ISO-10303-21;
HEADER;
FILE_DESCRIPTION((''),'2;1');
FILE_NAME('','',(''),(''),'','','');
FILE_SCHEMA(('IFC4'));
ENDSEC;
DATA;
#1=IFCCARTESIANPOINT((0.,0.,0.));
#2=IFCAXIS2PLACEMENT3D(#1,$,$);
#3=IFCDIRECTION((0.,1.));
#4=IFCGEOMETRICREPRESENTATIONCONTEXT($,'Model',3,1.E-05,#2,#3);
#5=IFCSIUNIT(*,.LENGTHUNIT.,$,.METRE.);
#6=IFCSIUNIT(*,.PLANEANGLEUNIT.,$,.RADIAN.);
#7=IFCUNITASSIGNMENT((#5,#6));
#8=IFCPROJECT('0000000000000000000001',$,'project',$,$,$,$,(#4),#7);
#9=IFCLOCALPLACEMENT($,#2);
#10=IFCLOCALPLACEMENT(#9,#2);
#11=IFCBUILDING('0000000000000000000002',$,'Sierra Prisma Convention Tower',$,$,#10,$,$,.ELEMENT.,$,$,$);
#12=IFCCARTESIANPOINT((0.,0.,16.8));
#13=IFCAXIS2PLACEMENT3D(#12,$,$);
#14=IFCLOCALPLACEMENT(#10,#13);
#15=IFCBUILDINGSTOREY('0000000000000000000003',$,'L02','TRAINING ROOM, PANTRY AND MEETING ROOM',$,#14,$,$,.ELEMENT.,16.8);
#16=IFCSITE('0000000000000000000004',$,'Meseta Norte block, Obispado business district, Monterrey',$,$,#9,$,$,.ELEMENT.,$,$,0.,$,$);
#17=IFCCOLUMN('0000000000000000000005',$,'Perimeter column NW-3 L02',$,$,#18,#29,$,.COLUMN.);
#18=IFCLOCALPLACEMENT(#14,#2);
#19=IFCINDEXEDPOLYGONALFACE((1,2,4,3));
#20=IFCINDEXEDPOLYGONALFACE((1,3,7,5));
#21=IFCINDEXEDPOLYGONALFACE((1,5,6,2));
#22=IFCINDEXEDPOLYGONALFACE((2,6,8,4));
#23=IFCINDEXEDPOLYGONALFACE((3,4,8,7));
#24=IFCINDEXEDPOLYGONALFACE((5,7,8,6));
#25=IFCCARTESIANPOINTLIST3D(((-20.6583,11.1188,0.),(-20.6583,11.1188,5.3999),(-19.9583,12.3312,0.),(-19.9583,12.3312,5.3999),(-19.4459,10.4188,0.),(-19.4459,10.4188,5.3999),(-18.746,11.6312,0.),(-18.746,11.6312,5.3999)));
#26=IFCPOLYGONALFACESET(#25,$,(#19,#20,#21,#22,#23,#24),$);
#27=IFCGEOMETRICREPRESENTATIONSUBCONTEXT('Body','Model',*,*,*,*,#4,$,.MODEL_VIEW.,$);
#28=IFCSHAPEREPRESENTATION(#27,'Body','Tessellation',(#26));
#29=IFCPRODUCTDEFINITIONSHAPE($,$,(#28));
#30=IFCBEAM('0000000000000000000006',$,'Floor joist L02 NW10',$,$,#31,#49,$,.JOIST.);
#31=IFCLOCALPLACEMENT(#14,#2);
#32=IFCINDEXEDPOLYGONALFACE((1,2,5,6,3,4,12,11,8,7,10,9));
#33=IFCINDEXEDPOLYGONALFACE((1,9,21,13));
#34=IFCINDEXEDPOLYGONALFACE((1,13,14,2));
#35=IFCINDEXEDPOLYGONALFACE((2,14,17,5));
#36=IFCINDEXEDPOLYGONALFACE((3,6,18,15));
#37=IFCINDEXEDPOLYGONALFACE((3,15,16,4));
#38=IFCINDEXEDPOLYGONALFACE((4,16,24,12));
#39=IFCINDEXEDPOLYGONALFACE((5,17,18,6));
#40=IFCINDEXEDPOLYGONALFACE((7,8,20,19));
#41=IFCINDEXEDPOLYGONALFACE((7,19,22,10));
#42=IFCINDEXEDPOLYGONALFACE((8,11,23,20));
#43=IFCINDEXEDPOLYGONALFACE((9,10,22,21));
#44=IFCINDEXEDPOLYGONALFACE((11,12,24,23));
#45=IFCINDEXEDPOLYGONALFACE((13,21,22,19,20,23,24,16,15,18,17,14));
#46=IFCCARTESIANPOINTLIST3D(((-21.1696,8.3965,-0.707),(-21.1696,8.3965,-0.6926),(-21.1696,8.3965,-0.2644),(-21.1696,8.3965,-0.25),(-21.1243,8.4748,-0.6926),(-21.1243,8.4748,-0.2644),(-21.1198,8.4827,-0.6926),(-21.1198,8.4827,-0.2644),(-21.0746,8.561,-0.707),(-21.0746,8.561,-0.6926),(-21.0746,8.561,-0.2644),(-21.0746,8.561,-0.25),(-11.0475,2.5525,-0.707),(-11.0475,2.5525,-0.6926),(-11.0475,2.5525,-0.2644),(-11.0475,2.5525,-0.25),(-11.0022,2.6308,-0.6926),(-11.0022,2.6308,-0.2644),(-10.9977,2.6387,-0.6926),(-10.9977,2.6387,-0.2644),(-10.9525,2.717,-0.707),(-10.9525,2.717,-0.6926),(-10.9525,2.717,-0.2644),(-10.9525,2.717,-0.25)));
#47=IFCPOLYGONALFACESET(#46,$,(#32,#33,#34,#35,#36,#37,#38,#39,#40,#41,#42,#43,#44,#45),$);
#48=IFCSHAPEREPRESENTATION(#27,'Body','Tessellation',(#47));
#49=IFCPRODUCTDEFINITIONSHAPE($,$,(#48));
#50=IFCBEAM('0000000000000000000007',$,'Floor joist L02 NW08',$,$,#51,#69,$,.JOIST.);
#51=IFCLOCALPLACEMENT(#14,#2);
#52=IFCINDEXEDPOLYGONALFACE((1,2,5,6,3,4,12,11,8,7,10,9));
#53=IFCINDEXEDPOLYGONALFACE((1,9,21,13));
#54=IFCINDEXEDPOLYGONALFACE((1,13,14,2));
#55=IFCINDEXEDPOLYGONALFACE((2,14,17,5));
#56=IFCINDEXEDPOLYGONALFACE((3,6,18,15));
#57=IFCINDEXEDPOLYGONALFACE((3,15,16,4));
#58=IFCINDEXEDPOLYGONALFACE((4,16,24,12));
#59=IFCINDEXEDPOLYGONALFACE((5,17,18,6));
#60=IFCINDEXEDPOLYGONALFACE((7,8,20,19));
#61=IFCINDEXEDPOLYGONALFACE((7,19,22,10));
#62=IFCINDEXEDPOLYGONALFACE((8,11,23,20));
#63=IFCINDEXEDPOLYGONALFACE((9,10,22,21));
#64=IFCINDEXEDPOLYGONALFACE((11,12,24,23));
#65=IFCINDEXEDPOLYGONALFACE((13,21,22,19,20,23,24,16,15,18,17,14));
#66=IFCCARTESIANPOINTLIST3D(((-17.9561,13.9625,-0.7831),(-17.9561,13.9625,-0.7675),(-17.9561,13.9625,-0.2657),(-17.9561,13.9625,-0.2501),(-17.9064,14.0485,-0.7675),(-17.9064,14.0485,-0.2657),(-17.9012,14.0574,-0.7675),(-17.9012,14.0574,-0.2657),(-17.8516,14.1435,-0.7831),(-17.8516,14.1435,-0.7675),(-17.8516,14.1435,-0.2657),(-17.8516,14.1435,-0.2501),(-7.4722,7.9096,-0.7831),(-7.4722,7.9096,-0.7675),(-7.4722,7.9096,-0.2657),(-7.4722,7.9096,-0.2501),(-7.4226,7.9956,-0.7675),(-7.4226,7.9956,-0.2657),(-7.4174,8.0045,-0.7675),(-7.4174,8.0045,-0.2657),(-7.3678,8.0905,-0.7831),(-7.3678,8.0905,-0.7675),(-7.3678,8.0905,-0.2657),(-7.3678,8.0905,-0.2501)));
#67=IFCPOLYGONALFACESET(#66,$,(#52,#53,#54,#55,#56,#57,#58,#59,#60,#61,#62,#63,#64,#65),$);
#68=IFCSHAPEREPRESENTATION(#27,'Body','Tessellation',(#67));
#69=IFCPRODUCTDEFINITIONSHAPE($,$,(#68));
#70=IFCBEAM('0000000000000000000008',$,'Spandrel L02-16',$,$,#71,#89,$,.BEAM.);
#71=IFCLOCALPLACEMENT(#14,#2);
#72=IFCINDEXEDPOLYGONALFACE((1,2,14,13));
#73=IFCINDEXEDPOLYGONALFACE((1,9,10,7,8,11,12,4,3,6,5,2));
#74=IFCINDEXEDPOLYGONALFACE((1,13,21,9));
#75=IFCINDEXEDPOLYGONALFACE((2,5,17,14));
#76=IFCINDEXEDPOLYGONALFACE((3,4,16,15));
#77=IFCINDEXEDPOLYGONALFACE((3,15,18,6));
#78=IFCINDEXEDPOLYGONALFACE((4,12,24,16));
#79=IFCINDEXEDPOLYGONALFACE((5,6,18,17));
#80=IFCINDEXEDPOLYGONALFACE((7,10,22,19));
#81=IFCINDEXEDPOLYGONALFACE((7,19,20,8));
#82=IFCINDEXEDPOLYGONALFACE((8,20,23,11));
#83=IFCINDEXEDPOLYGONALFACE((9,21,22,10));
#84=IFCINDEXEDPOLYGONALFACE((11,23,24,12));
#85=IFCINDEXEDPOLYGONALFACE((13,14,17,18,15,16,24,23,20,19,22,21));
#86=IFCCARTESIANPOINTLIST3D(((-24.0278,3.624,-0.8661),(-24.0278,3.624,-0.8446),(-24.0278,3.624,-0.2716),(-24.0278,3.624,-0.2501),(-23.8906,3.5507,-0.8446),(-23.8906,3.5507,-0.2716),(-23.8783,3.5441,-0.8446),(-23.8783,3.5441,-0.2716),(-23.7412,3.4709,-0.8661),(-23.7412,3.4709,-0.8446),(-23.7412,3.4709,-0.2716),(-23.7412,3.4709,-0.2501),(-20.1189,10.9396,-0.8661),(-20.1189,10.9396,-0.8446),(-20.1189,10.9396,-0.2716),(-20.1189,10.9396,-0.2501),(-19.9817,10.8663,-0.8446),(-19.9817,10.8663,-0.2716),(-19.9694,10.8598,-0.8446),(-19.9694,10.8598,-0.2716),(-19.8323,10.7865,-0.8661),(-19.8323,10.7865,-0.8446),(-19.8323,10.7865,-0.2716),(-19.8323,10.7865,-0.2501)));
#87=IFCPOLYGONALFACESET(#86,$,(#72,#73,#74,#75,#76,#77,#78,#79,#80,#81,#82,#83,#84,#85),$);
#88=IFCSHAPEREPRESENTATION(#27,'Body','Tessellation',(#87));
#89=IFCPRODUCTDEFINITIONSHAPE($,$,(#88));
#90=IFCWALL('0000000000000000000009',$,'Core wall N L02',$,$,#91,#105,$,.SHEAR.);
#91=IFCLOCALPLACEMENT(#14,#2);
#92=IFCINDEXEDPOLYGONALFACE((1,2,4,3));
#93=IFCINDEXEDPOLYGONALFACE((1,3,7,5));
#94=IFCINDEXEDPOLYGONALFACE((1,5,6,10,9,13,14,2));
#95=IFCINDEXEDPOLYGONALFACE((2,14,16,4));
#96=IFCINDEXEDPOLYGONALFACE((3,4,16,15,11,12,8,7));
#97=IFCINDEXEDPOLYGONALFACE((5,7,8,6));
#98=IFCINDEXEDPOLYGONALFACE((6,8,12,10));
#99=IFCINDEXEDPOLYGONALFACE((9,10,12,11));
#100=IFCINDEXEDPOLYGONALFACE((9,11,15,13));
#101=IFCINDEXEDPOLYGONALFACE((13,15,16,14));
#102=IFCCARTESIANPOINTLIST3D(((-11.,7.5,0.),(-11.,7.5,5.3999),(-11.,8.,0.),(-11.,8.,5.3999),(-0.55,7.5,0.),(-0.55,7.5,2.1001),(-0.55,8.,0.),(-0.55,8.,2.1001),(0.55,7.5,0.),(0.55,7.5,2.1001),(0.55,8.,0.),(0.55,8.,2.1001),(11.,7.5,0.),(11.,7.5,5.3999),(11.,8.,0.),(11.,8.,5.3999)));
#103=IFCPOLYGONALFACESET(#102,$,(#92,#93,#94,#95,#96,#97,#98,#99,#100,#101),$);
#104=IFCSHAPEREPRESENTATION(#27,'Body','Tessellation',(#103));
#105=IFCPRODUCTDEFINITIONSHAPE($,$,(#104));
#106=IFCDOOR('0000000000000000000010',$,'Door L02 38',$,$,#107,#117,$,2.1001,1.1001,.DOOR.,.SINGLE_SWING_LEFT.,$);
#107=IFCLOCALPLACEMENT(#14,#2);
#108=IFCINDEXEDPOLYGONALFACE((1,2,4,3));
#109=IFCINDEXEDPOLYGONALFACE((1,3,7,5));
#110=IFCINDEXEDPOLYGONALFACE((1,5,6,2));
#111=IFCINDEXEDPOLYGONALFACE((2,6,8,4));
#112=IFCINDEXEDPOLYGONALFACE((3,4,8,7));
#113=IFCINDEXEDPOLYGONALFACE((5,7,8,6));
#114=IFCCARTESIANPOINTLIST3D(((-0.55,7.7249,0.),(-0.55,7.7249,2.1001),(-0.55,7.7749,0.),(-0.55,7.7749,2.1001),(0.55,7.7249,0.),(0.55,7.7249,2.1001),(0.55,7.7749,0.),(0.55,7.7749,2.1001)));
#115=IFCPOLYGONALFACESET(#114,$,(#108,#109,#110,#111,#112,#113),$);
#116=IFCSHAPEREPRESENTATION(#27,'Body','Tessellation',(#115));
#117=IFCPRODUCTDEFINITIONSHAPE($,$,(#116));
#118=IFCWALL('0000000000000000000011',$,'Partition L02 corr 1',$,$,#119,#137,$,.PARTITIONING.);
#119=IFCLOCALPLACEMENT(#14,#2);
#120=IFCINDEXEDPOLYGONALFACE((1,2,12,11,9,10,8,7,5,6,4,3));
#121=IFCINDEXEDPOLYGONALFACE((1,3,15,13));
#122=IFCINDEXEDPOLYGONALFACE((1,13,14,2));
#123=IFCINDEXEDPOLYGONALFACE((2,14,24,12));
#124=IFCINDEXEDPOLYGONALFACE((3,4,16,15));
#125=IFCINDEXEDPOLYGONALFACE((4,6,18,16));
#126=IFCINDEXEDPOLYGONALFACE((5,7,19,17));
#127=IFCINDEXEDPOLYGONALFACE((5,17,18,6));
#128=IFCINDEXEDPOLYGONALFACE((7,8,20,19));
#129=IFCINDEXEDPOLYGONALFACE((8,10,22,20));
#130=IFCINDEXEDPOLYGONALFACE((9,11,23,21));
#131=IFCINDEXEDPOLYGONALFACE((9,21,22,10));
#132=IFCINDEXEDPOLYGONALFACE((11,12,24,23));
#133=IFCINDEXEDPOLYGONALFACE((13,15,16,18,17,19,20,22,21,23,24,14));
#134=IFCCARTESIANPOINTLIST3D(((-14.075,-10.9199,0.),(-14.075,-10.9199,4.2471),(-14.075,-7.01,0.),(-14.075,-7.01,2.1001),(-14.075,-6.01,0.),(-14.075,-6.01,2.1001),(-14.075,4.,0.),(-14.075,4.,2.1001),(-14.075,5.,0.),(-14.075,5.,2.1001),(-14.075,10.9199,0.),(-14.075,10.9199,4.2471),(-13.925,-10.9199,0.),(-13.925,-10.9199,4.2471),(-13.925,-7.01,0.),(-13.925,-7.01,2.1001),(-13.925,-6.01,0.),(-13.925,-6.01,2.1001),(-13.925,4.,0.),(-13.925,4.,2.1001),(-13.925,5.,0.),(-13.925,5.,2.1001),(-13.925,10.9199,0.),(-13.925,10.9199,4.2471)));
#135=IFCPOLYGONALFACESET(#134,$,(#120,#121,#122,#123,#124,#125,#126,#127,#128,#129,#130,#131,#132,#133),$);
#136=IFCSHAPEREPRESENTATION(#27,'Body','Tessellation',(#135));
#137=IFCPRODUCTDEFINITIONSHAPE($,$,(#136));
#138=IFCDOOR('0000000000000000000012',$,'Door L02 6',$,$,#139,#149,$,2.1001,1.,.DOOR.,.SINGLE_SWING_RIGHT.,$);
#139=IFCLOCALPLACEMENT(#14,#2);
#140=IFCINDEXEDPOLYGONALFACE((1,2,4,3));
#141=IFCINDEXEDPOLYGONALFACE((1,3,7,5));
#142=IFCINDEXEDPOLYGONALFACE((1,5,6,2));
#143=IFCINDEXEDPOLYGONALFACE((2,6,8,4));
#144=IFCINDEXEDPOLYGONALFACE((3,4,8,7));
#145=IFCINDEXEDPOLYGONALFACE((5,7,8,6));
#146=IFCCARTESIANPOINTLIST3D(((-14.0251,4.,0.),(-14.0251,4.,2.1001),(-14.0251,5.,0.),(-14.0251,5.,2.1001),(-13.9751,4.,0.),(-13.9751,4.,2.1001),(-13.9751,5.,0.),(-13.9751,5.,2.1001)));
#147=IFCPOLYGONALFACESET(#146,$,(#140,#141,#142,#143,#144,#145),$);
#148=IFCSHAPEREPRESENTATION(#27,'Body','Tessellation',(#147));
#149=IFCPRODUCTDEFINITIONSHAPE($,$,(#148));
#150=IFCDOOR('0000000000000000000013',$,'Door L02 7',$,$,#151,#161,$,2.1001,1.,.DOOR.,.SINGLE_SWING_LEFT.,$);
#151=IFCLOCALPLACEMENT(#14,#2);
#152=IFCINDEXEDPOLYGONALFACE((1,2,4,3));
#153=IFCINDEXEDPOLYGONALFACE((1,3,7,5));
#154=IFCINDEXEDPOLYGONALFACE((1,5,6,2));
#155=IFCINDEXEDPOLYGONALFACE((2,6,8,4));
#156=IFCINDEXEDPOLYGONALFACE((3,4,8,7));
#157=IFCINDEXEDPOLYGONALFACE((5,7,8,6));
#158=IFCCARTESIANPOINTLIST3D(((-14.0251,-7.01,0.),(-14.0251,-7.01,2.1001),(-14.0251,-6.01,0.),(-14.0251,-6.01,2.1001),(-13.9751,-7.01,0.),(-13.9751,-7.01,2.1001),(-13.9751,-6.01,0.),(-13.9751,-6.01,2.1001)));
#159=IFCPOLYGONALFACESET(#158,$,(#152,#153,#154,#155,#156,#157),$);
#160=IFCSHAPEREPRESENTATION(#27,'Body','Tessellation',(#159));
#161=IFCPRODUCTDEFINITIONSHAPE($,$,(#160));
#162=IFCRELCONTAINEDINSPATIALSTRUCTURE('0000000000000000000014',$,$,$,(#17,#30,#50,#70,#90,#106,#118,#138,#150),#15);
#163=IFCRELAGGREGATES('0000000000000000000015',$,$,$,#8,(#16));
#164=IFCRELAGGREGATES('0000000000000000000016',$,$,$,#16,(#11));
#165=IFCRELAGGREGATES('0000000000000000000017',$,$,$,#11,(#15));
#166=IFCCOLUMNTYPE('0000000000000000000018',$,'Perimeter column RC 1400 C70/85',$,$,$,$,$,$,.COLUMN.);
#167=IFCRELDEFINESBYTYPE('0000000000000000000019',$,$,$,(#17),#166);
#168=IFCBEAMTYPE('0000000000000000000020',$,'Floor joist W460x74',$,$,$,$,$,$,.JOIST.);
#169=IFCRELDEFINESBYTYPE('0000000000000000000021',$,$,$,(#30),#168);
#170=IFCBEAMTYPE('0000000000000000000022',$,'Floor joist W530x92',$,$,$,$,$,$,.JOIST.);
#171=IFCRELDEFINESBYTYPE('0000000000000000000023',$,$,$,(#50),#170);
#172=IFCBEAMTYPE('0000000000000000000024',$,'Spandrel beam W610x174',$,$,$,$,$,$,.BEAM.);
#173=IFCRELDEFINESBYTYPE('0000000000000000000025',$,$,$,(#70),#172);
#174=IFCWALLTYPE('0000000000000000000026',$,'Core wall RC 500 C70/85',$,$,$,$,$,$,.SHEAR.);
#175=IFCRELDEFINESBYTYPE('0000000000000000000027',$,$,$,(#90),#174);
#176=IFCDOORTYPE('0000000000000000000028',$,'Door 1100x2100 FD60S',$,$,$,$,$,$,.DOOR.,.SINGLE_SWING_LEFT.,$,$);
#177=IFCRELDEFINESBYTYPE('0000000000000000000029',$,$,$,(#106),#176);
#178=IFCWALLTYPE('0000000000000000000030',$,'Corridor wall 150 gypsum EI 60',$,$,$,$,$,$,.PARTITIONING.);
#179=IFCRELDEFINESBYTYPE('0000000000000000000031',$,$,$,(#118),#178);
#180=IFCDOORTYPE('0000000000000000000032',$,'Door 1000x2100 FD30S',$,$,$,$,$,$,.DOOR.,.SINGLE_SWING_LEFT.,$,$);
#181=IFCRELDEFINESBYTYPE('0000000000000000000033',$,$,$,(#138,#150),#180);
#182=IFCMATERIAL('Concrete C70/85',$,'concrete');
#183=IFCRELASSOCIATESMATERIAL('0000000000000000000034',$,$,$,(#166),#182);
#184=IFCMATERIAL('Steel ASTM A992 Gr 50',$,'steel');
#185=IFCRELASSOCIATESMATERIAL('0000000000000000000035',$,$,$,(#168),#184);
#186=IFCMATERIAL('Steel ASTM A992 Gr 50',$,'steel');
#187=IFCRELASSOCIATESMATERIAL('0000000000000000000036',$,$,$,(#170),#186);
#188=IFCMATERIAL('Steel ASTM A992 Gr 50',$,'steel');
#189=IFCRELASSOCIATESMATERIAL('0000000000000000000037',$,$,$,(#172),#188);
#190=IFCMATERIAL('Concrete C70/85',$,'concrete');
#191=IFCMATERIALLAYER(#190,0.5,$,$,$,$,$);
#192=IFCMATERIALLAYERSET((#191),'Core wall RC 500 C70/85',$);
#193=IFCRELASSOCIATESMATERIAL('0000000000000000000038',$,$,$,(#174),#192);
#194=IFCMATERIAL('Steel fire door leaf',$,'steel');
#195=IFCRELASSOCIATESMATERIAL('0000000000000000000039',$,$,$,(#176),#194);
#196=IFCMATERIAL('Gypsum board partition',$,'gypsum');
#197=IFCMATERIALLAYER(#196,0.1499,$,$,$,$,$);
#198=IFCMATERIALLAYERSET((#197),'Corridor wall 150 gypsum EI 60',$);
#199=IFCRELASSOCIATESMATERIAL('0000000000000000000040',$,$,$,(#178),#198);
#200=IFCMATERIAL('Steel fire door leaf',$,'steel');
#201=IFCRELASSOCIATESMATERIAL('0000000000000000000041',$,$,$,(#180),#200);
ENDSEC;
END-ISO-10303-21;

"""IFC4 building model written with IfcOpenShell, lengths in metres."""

from ifc_helpers import new_model, si_unit, direction, frame, frame_2d, origin, origin_2d, place, context, subcontext, project, spatial, rectangle, i_section, extrude, material, layer, layer_set, material_profile, profile_set, type_object, element, fill, save


model = new_model("IFC4")

# Units and contexts
model_context = context("Model", 3, precision=1e-05, world=origin(), true_north=direction((0.0, 1.0)))
body_context = subcontext(model_context, "Body", "Model", "MODEL_VIEW")
ifc_project = project(units=[si_unit("LENGTHUNIT", "METRE"), si_unit("PLANEANGLEUNIT", "RADIAN")], contexts=[model_context])

# Site, building, storey
site_placement = place(None, origin())
site = spatial("IfcSite", under=ifc_project, at=site_placement, Name="Meseta Norte block, Obispado business district, Monterrey", CompositionType="ELEMENT", RefElevation=0.0)
building_placement = place(site_placement, origin())
building = spatial("IfcBuilding", under=site, at=building_placement, Name="Sierra Prisma Convention Tower", CompositionType="ELEMENT")
storey_placement = place(building_placement, frame((0.0, 0.0, 16.8)))
storey = spatial("IfcBuildingStorey", under=building, at=storey_placement, Name="L02", Description="TRAINING ROOM, PANTRY AND MEETING ROOM", CompositionType="ELEMENT", Elevation=16.8)

# Column
ifc_material_1 = material(Name="Concrete C70/85", Category="concrete")
ifc_material_profile_1 = material_profile(ifc_material_1, rectangle(XDim=1.3999, YDim=1.3999, at=origin_2d()), Name="Perimeter column RC 1400 C70/85")
ifc_profile_set_1 = profile_set([ifc_material_profile_1], Name="Concrete C70/85")
column_type = type_object("IfcColumnType", Name="Perimeter column RC 1400 C70/85", PredefinedType="COLUMN", material=ifc_profile_set_1)
column_placement = place(storey_placement, frame((-19.7021, 11.375, 0.0), z_axis=(0.0, 0.0, 1.0), x_axis=(0.5, 0.866025, 0.0)))
element("IfcColumn", 1, at=column_placement, inside=storey, type_object=column_type, Name="Perimeter column NW-3 L02", PredefinedType="COLUMN", context=body_context, shape_type="SweptSolid", body=[
    extrude(rectangle(XDim=1.3999, YDim=1.3999, at=origin_2d()), origin(), (0.0, 0.0, 1.0), 5.3999),
])

# Beams
ifc_material_2 = material(Name="Steel ASTM A992 Gr 50", Category="steel")
ifc_material_profile_2 = material_profile(ifc_material_2, i_section(OverallWidth=0.1899, OverallDepth=0.457, WebThickness=0.009, FlangeThickness=0.0144, at=origin_2d()), Name="W460x74")
ifc_profile_set_2 = profile_set([ifc_material_profile_2], Name="Steel ASTM A992 Gr 50")
beam_type_1 = type_object("IfcBeamType", Name="Floor joist W460x74", PredefinedType="JOIST", material=ifc_profile_set_2)
beam_1_placement = place(storey_placement, frame((-21.1221, 8.4788, -0.4785), z_axis=(0.866025, -0.500001, 0.0), x_axis=(0.500001, 0.866025, 0.0)))
element("IfcBeam", 2, at=beam_1_placement, inside=storey, type_object=beam_type_1, Name="Floor joist L02 NW10", PredefinedType="JOIST", context=body_context, shape_type="SweptSolid", body=[
    extrude(i_section(OverallWidth=0.1899, OverallDepth=0.457, WebThickness=0.009, FlangeThickness=0.0144, at=origin_2d()), origin(), (0.0, 0.0, 1.0), 11.688),
])
ifc_material_3 = material(Name="Steel ASTM A992 Gr 50", Category="steel")
ifc_material_profile_3 = material_profile(ifc_material_3, i_section(OverallWidth=0.209, OverallDepth=0.533, WebThickness=0.0103, FlangeThickness=0.0156, at=origin_2d()), Name="W530x92")
ifc_profile_set_3 = profile_set([ifc_material_profile_3], Name="Steel ASTM A992 Gr 50")
beam_type_2 = type_object("IfcBeamType", Name="Floor joist W530x92", PredefinedType="JOIST", material=ifc_profile_set_3)
beam_2_placement = place(storey_placement, frame((-17.9038, 14.053, -0.5166), z_axis=(0.866022, -0.500006, 0.0), x_axis=(0.500006, 0.866022, 0.0)))
element("IfcBeam", 3, at=beam_2_placement, inside=storey, type_object=beam_type_2, Name="Floor joist L02 NW08", PredefinedType="JOIST", context=body_context, shape_type="SweptSolid", body=[
    extrude(i_section(OverallWidth=0.209, OverallDepth=0.533, WebThickness=0.0103, FlangeThickness=0.0156, at=origin_2d()), origin(), (0.0, 0.0, 1.0), 12.1057),
])
ifc_material_4 = material(Name="Steel ASTM A992 Gr 50", Category="steel")
ifc_material_profile_4 = material_profile(ifc_material_4, i_section(OverallWidth=0.325, OverallDepth=0.616, WebThickness=0.0139, FlangeThickness=0.0215, at=origin_2d()), Name="W610x174")
ifc_profile_set_4 = profile_set([ifc_material_profile_4], Name="Steel ASTM A992 Gr 50")
beam_type_3 = type_object("IfcBeamType", Name="Spandrel beam W610x174", PredefinedType="BEAM", material=ifc_profile_set_4)
beam_3_placement = place(storey_placement, frame((-19.9756, 10.863, -0.5581), z_axis=(-0.471268, -0.88199, 0.0), x_axis=(0.88199, -0.471268, 0.0)))
element("IfcBeam", 4, at=beam_3_placement, inside=storey, type_object=beam_type_3, Name="Spandrel L02-16", PredefinedType="BEAM", context=body_context, shape_type="SweptSolid", body=[
    extrude(i_section(OverallWidth=0.325, OverallDepth=0.616, WebThickness=0.0139, FlangeThickness=0.0215, at=origin_2d()), origin(), (0.0, 0.0, 1.0), 8.2944),
])

# Wall, opening, door
ifc_material_5 = material(Name="Concrete C70/85", Category="concrete")
ifc_layer_1 = layer(ifc_material_5, 0.5)
ifc_layer_set_1 = layer_set([ifc_layer_1], Name="Core wall RC 500 C70/85")
wall_type_1 = type_object("IfcWallType", Name="Core wall RC 500 C70/85", PredefinedType="SHEAR", material=ifc_layer_set_1)
wall_1_placement = place(storey_placement, frame((-11.0, 7.75, 0.0), z_axis=(0.0, 0.0, 1.0), x_axis=(1.0, 0.0, 0.0)))
wall_1 = element("IfcWall", 5, at=wall_1_placement, inside=storey, type_object=wall_type_1, Name="Core wall N L02", PredefinedType="SHEAR", context=body_context, shape_type="SweptSolid", body=[
    extrude(rectangle(XDim=22.0, YDim=0.5, at=frame_2d((11.0, 0.0))), origin(), (0.0, 0.0, 1.0), 5.3999),
])
opening_1_placement = place(wall_1_placement, frame((10.45, 0.0, 0.0)))
opening_1 = element("IfcOpeningElement", 6, at=opening_1_placement, cuts=wall_1, PredefinedType="OPENING", context=body_context, shape_type="SweptSolid", body=[
    extrude(rectangle(XDim=1.1001, YDim=2.1001, at=frame_2d((0.55, 1.05))), frame((0.0, 0.25, 0.0), z_axis=(0.0, -1.0, 0.0), x_axis=(1.0, 0.0, 0.0)), (0.0, 0.0, 1.0), 0.5),
])
ifc_material_6 = material(Name="Steel fire door leaf", Category="steel")
door_type_1 = type_object("IfcDoorType", Name="Door 1100x2100 FD60S", OperationType="SINGLE_SWING_LEFT", PredefinedType="DOOR", material=ifc_material_6)
door_1_placement = place(opening_1_placement, origin())
door_1 = element("IfcDoor", 7, at=door_1_placement, inside=storey, type_object=door_type_1, Name="Door L02 38", OperationType="SINGLE_SWING_LEFT", OverallHeight=2.1001, OverallWidth=1.1001, PredefinedType="DOOR", context=body_context, shape_type="SweptSolid", body=[
    extrude(rectangle(XDim=1.1001, YDim=2.1001, at=frame_2d((0.55, 1.05))), frame((0.0, 0.0249, 0.0), z_axis=(0.0, -1.0, 0.0), x_axis=(1.0, 0.0, 0.0)), (0.0, 0.0, 1.0), 0.05),
])
fill(opening_1, door_1)

# Wall, openings, doors
ifc_material_7 = material(Name="Gypsum board partition", Category="gypsum")
ifc_layer_2 = layer(ifc_material_7, 0.1499)
ifc_layer_set_2 = layer_set([ifc_layer_2], Name="Corridor wall 150 gypsum EI 60")
wall_type_2 = type_object("IfcWallType", Name="Corridor wall 150 gypsum EI 60", PredefinedType="PARTITIONING", material=ifc_layer_set_2)
wall_2_placement = place(storey_placement, frame((-14.0, 10.9199, 0.0), z_axis=(0.0, 0.0, 1.0), x_axis=(0.0, -1.0, 0.0)))
wall_2 = element("IfcWall", 8, at=wall_2_placement, inside=storey, type_object=wall_type_2, Name="Partition L02 corr 1", PredefinedType="PARTITIONING", context=body_context, shape_type="SweptSolid", body=[
    extrude(rectangle(XDim=21.8398, YDim=0.1499, at=frame_2d((10.9199, 0.0))), origin(), (0.0, 0.0, 1.0), 4.2471),
])
opening_2_placement = place(wall_2_placement, frame((5.9199, 0.0, 0.0)))
opening_2 = element("IfcOpeningElement", 9, at=opening_2_placement, cuts=wall_2, PredefinedType="OPENING", context=body_context, shape_type="SweptSolid", body=[
    extrude(rectangle(XDim=1.0, YDim=2.1001, at=frame_2d((0.5, 1.05))), frame((0.0, 0.075, 0.0), z_axis=(0.0, -1.0, 0.0), x_axis=(1.0, 0.0, 0.0)), (0.0, 0.0, 1.0), 0.1499),
])
opening_3_placement = place(wall_2_placement, frame((16.9299, 0.0, 0.0)))
opening_3 = element("IfcOpeningElement", 10, at=opening_3_placement, cuts=wall_2, PredefinedType="OPENING", context=body_context, shape_type="SweptSolid", body=[
    extrude(rectangle(XDim=1.0, YDim=2.1001, at=frame_2d((0.5, 1.05))), frame((0.0, 0.075, 0.0), z_axis=(0.0, -1.0, 0.0), x_axis=(1.0, 0.0, 0.0)), (0.0, 0.0, 1.0), 0.1499),
])
ifc_material_8 = material(Name="Steel fire door leaf", Category="steel")
door_type_2 = type_object("IfcDoorType", Name="Door 1000x2100 FD30S", OperationType="SINGLE_SWING_LEFT", PredefinedType="DOOR", material=ifc_material_8)
door_2_placement = place(opening_2_placement, origin())
door_2 = element("IfcDoor", 11, at=door_2_placement, inside=storey, type_object=door_type_2, Name="Door L02 6", OperationType="SINGLE_SWING_RIGHT", OverallHeight=2.1001, OverallWidth=1.0, PredefinedType="DOOR", context=body_context, shape_type="SweptSolid", body=[
    extrude(rectangle(XDim=1.0, YDim=2.1001, at=frame_2d((0.5, 1.05))), frame((0.0, 0.0249, 0.0), z_axis=(0.0, -1.0, 0.0), x_axis=(1.0, 0.0, 0.0)), (0.0, 0.0, 1.0), 0.05),
])
fill(opening_2, door_2)
door_3_placement = place(opening_3_placement, origin())
door_3 = element("IfcDoor", 12, at=door_3_placement, inside=storey, type_object=door_type_2, Name="Door L02 7", OperationType="SINGLE_SWING_LEFT", OverallHeight=2.1001, OverallWidth=1.0, PredefinedType="DOOR", context=body_context, shape_type="SweptSolid", body=[
    extrude(rectangle(XDim=1.0, YDim=2.1001, at=frame_2d((0.5, 1.05))), frame((0.0, 0.0249, 0.0), z_axis=(0.0, -1.0, 0.0), x_axis=(1.0, 0.0, 0.0)), (0.0, 0.0, 1.0), 0.05),
])
fill(opening_3, door_3)

save(model, "model.ifc")
